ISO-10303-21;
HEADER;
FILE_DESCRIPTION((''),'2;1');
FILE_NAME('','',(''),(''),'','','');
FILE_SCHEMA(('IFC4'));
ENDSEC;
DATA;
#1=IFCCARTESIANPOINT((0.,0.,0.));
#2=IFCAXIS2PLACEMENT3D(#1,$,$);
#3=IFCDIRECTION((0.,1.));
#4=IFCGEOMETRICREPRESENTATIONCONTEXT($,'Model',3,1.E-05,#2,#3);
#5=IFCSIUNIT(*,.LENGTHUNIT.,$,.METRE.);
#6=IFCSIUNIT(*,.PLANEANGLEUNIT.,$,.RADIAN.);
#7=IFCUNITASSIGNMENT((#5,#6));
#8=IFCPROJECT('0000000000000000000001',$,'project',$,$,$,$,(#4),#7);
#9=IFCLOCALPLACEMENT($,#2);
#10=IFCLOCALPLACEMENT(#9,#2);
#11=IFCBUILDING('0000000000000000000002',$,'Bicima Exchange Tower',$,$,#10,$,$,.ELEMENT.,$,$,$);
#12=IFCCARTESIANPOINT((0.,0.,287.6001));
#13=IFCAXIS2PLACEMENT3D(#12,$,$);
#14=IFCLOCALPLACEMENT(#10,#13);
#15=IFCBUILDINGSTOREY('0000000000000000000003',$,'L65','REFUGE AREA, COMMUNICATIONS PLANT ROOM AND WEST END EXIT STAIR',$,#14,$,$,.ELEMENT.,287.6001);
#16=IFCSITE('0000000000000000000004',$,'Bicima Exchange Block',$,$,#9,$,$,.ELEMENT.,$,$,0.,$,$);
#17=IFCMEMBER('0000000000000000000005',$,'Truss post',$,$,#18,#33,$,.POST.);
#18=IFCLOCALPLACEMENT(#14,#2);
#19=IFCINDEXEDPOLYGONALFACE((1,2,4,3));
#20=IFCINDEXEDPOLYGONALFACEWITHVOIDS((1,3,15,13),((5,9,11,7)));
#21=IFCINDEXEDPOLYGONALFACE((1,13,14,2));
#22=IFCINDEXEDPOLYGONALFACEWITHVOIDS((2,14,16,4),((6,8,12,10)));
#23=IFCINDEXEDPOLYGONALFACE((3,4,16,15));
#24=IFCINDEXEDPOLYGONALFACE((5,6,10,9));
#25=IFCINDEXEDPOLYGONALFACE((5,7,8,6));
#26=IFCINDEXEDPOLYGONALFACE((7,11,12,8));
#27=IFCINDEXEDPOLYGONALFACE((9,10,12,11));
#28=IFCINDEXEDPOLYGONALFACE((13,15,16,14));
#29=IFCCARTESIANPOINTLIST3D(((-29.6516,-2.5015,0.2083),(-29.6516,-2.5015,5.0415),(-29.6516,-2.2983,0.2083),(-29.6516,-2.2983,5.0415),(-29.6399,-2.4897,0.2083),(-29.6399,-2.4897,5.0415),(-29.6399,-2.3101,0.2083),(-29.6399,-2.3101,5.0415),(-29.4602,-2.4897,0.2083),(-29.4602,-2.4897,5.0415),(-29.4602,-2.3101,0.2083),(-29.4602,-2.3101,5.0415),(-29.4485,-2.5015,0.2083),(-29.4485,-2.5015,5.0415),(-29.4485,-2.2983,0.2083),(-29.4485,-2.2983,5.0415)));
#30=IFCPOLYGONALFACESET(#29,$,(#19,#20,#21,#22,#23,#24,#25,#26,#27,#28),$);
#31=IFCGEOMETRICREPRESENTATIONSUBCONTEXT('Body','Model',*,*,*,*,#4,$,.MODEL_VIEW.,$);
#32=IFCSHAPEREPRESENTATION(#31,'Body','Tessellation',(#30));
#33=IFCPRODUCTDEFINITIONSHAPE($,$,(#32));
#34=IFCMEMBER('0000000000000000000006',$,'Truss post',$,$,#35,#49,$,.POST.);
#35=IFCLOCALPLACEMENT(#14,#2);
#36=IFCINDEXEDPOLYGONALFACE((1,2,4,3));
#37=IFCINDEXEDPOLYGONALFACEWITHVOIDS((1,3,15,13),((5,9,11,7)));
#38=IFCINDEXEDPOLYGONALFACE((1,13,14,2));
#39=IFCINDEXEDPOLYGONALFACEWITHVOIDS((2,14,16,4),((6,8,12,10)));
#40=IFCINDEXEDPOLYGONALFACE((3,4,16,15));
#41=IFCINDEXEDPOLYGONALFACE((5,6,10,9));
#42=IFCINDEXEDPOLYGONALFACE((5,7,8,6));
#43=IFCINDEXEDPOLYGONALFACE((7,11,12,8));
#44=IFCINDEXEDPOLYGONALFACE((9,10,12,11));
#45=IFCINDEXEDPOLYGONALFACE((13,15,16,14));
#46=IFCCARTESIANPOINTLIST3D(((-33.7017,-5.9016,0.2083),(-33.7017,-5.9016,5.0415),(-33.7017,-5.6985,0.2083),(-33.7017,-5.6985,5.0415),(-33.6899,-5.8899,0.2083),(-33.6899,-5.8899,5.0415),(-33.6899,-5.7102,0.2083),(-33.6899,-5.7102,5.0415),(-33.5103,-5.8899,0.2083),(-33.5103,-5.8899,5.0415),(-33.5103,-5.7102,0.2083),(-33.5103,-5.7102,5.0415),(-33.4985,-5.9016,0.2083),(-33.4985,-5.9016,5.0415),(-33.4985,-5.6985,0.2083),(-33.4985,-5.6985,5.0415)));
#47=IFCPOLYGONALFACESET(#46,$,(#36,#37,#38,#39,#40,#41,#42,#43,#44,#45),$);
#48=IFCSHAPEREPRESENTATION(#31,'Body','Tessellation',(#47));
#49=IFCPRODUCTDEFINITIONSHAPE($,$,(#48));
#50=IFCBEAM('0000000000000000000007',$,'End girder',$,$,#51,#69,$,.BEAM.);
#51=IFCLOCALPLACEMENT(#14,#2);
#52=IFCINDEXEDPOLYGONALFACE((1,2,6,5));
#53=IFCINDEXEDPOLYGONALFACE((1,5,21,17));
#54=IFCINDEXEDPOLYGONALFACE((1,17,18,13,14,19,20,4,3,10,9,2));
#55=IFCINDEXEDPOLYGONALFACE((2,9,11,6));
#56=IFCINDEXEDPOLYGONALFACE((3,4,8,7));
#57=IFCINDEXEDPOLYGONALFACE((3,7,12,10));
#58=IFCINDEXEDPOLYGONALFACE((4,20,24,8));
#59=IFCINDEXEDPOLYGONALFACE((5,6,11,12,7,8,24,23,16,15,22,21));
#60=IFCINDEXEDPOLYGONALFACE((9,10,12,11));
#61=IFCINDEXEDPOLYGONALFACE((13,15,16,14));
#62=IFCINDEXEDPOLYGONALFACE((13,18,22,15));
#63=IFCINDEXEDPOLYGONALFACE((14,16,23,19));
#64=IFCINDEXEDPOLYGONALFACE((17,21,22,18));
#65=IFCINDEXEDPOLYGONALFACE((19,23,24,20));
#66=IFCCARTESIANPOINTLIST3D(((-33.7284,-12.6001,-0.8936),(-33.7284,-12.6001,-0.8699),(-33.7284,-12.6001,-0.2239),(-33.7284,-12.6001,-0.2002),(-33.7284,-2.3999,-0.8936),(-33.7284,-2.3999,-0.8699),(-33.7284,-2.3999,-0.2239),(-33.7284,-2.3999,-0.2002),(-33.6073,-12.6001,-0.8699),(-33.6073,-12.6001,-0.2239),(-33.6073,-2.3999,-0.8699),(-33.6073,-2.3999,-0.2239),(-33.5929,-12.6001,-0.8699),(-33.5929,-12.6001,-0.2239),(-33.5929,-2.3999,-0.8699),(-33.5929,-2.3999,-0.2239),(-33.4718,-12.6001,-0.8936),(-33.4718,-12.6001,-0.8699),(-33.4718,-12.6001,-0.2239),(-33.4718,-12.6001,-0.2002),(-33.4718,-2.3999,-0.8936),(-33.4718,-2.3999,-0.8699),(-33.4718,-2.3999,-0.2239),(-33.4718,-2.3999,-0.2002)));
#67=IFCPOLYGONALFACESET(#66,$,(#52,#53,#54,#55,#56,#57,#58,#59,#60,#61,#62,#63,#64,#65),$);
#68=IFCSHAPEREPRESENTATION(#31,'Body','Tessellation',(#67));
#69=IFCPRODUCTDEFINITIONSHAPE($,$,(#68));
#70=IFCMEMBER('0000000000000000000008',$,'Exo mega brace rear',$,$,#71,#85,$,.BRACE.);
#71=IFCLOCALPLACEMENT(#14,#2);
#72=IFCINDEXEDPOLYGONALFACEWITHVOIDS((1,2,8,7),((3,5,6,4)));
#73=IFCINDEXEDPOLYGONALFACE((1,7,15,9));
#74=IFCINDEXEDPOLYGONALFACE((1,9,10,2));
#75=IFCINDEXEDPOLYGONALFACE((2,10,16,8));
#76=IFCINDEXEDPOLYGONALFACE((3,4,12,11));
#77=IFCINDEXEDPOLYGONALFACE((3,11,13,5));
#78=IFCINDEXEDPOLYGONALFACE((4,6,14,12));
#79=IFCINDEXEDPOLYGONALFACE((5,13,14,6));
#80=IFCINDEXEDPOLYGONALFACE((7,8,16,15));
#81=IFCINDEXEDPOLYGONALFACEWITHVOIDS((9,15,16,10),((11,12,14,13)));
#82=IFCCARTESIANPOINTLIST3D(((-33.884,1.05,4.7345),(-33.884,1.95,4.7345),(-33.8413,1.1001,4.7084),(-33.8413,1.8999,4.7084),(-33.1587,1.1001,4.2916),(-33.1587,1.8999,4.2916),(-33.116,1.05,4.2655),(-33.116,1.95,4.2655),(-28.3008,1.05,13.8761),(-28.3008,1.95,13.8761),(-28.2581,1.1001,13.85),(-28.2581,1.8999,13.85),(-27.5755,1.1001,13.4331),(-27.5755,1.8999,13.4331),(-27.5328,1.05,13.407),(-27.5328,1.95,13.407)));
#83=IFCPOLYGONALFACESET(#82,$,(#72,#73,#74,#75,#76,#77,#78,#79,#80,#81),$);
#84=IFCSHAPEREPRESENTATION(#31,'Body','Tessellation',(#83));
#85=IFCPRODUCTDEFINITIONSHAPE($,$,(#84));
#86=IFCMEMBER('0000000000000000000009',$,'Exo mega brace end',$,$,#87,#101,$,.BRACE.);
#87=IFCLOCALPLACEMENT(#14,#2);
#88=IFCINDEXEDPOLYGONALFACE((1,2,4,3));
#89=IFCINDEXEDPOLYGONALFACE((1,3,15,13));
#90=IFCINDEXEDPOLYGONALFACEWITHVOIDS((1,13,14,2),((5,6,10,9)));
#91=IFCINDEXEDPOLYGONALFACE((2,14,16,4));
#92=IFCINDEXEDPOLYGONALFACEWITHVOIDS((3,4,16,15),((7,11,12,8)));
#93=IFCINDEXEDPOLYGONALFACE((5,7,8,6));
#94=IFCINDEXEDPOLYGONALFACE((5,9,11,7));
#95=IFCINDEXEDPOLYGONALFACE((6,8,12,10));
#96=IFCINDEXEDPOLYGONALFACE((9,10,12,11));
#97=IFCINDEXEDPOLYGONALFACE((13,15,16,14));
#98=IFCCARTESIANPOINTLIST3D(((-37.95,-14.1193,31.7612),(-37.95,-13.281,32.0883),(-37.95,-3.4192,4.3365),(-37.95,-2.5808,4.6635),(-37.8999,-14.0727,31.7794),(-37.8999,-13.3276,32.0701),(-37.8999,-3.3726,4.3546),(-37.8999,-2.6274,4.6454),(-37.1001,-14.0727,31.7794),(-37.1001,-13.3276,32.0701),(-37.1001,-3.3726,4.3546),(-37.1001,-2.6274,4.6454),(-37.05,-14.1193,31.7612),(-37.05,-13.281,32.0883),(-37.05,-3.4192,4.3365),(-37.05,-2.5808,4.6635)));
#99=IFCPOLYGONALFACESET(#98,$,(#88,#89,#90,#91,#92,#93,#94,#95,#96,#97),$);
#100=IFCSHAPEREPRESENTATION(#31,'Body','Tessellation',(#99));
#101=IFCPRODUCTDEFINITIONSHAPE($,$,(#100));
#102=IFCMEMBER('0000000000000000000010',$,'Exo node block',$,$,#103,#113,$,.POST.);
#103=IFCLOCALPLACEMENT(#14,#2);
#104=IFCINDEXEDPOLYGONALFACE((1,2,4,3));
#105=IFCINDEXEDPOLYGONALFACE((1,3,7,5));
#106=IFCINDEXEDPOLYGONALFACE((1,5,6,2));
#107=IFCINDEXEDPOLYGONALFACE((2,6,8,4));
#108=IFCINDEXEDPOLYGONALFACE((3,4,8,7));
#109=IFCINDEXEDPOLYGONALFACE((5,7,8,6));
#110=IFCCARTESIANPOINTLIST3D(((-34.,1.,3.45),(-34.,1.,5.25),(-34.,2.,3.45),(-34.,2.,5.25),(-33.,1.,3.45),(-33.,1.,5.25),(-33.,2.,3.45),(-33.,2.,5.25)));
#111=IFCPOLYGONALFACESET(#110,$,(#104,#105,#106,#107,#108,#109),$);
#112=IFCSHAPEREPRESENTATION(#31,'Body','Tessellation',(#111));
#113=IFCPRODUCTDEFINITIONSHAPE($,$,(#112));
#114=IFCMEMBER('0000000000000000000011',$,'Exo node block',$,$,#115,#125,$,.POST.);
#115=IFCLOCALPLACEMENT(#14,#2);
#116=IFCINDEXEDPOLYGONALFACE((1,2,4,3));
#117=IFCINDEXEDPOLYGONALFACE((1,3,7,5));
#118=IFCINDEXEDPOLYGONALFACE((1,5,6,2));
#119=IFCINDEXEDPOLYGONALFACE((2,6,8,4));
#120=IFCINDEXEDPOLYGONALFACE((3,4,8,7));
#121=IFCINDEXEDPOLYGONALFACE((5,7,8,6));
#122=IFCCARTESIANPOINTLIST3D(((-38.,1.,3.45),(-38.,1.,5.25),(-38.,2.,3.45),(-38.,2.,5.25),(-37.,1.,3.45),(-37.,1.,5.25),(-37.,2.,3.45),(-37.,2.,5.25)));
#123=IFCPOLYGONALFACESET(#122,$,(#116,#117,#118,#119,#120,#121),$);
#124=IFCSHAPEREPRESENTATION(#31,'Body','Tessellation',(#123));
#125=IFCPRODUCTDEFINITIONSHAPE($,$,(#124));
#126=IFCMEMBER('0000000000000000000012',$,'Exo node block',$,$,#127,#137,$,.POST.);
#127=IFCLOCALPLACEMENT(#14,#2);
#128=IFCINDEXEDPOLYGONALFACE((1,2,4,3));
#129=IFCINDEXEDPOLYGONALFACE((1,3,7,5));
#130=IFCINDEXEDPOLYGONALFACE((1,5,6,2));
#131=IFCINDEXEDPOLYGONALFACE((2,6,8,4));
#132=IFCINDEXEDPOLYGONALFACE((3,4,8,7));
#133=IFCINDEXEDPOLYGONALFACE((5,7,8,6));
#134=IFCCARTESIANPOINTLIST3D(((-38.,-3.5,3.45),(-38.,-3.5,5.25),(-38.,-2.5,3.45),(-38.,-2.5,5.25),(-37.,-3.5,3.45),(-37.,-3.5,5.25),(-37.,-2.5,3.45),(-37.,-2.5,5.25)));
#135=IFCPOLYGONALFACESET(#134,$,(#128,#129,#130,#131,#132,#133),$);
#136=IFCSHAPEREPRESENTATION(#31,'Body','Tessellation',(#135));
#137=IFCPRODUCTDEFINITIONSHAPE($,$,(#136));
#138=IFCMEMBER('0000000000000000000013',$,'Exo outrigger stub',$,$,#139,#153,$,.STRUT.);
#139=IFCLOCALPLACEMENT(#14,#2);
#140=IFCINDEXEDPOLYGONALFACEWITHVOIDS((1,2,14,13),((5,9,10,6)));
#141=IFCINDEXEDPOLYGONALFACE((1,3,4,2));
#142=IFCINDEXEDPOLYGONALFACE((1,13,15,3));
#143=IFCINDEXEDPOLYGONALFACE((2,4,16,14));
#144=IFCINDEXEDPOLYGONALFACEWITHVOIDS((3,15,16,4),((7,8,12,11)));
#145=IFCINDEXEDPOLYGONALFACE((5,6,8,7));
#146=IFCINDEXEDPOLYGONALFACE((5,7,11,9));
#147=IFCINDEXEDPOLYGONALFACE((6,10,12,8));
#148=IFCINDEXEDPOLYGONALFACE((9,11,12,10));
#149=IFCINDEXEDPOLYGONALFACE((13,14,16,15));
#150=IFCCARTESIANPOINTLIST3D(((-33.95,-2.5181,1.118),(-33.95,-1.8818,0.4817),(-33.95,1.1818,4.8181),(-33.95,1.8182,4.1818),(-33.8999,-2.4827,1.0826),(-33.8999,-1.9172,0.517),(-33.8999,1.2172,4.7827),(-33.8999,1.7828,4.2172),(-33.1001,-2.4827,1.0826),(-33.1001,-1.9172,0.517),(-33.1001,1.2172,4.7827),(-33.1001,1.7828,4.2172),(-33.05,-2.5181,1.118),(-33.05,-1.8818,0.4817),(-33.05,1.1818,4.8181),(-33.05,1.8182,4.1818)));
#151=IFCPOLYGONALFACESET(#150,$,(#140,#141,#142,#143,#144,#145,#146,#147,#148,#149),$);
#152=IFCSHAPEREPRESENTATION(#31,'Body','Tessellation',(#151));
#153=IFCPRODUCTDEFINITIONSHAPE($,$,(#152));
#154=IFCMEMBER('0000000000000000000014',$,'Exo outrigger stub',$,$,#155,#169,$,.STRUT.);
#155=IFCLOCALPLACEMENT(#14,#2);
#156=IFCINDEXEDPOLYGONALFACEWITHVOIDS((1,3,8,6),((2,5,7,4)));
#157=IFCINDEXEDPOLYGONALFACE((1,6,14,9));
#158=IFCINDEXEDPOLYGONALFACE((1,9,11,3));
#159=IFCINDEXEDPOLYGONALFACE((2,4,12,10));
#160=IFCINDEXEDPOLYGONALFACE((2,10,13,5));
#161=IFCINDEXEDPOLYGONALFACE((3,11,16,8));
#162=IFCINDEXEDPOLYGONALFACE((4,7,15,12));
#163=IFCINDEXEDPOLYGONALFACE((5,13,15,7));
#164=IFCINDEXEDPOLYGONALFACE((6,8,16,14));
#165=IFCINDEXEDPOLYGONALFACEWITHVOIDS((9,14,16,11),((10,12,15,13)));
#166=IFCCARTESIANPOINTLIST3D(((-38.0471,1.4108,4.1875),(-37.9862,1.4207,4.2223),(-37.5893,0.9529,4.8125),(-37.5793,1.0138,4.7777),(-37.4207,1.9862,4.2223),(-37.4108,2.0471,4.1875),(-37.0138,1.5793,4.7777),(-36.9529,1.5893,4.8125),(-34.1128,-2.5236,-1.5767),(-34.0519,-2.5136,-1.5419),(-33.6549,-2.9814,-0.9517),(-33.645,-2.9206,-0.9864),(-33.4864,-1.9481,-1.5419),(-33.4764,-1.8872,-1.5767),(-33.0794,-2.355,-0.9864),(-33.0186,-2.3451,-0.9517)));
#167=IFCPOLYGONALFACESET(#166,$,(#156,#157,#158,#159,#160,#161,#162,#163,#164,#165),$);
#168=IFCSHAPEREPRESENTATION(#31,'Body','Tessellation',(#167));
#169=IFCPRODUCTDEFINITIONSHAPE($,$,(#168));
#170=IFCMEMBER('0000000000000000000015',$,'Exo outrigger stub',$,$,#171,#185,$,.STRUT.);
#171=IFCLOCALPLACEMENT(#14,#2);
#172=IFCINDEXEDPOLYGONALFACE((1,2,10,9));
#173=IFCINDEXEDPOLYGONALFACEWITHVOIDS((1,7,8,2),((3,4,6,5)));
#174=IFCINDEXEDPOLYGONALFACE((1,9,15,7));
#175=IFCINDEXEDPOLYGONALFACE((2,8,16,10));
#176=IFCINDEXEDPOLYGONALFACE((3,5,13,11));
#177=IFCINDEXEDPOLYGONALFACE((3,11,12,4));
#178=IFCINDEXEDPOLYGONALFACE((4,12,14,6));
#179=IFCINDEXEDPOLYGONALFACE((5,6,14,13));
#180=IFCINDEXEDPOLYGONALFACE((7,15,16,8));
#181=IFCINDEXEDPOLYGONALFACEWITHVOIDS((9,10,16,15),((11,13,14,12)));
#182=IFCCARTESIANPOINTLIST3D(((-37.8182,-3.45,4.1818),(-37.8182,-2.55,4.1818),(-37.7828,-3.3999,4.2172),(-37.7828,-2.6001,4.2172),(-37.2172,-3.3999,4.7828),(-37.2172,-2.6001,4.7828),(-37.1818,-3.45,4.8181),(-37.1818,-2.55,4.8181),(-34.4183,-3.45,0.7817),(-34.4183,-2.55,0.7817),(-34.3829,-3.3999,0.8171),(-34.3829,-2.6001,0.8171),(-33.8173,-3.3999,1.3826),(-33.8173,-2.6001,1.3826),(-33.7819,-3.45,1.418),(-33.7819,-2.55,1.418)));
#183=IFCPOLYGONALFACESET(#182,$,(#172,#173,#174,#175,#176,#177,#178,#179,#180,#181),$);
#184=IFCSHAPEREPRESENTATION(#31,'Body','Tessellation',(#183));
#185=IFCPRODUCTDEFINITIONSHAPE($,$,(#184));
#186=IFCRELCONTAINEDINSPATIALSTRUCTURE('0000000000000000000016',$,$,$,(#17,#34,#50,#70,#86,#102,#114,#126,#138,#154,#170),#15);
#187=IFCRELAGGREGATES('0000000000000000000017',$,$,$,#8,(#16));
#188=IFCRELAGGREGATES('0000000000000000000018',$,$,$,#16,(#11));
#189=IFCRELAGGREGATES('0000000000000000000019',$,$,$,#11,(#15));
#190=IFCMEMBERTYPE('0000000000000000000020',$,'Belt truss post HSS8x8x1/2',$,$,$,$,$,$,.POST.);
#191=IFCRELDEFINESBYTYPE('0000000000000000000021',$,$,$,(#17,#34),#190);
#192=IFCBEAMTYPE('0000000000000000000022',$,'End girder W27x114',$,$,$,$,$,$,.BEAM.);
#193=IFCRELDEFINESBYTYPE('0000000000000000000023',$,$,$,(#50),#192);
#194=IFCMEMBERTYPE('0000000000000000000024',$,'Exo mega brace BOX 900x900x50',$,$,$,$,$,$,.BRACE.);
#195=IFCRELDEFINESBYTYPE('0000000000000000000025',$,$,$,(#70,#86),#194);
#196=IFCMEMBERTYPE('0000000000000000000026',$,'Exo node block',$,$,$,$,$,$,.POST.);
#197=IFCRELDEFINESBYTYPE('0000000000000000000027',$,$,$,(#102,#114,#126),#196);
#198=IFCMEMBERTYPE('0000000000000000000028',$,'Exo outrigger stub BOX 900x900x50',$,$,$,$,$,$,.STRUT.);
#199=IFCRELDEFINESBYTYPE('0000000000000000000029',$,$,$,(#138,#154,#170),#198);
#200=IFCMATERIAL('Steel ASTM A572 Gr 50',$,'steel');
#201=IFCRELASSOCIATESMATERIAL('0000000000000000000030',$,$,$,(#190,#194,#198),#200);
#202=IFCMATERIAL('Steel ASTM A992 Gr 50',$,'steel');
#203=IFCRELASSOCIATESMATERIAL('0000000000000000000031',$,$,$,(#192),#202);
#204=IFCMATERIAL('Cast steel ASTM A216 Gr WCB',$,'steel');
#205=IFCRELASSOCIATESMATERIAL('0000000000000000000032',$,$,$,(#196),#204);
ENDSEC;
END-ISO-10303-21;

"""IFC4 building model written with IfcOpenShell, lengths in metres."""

from ifc_helpers import new_model, si_unit, direction, frame, origin, origin_2d, place, context, subcontext, project, spatial, rectangle, hollow_rectangle, i_section, extrude, material, material_profile, profile_set, type_object, element, save


model = new_model("IFC4")

# Units and contexts
model_context = context("Model", 3, precision=1e-05, world=origin(), true_north=direction((0.0, 1.0)))
body_context = subcontext(model_context, "Body", "Model", "MODEL_VIEW")
ifc_project = project(units=[si_unit("LENGTHUNIT", "METRE"), si_unit("PLANEANGLEUNIT", "RADIAN")], contexts=[model_context])

# Site, building, storey
site_placement = place(None, origin())
site = spatial("IfcSite", under=ifc_project, at=site_placement, Name="Bicima Exchange Block", CompositionType="ELEMENT", RefElevation=0.0)
building_placement = place(site_placement, origin())
building = spatial("IfcBuilding", under=site, at=building_placement, Name="Bicima Exchange Tower", CompositionType="ELEMENT")
storey_placement = place(building_placement, frame((0.0, 0.0, 287.6001)))
storey = spatial("IfcBuildingStorey", under=building, at=storey_placement, Name="L65", Description="REFUGE AREA, COMMUNICATIONS PLANT ROOM AND WEST END EXIT STAIR", CompositionType="ELEMENT", Elevation=287.6001)

# Shared definitions
ifc_material_1 = material(Name="Steel ASTM A572 Gr 50", Category="steel")

# Members
ifc_material_2 = material(Name="Steel ASTM A992 Gr 50", Category="steel")
ifc_material_profile_1 = material_profile(ifc_material_1, hollow_rectangle(XDim=0.2031, YDim=0.2031, WallThickness=0.0117, at=origin_2d()))
ifc_profile_set_1 = profile_set([ifc_material_profile_1], Name="Steel ASTM A572 Gr 50")
member_type_1 = type_object("IfcMemberType", Name="Belt truss post HSS8x8x1/2", PredefinedType="POST", material=ifc_profile_set_1)
for number, where, z_axis, x_axis, name in (
    (1, (-29.55, -2.3999, 0.2083), (0.0, 0.0, 1.0), (1.0, 0.0, 0.0), "Truss post"),
    (2, (-33.6001, -5.8, 0.2083), (0.0, 0.0, 1.0), (1.0, 0.0, 0.0), "Truss post"),
):
    element("IfcMember", number, at=place(storey_placement, frame(where, z_axis=z_axis, x_axis=x_axis)), inside=storey, type_object=member_type_1, Name=name, PredefinedType="POST", context=body_context, shape_type="SweptSolid", body=[
        extrude(hollow_rectangle(XDim=0.2031, YDim=0.2031, WallThickness=0.0117, at=origin_2d()), origin(), (0.0, 0.0, 1.0), 4.8333),
    ])

# Beam
ifc_material_profile_2 = material_profile(ifc_material_2, i_section(OverallWidth=0.2566, OverallDepth=0.6934, WebThickness=0.0144, FlangeThickness=0.0237, at=origin_2d()))
ifc_profile_set_2 = profile_set([ifc_material_profile_2], Name="Steel ASTM A992 Gr 50")
beam_type_1 = type_object("IfcBeamType", Name="End girder W27x114", PredefinedType="BEAM", material=ifc_profile_set_2)
beam_1_placement = place(storey_placement, frame((-33.6001, -2.3999, -0.5469), z_axis=(0.0, -1.0, 0.0), x_axis=(1.0, 0.0, 0.0)))
element("IfcBeam", 3, at=beam_1_placement, inside=storey, type_object=beam_type_1, Name="End girder", PredefinedType="BEAM", context=body_context, shape_type="SweptSolid", body=[
    extrude(i_section(OverallWidth=0.2566, OverallDepth=0.6934, WebThickness=0.0144, FlangeThickness=0.0237, at=origin_2d()), origin(), (0.0, 0.0, 1.0), 10.2002),
])

# Members
ifc_material_profile_3 = material_profile(ifc_material_1, hollow_rectangle(XDim=0.8999, YDim=0.8999, WallThickness=0.05, at=origin_2d()))
ifc_profile_set_3 = profile_set([ifc_material_profile_3], Name="Steel ASTM A572 Gr 50")
member_type_2 = type_object("IfcMemberType", Name="Exo mega brace BOX 900x900x50", PredefinedType="BRACE", material=ifc_profile_set_3)
member_1_placement = place(storey_placement, frame((-33.5, 1.5, 4.5), z_axis=(0.521227, 0.0, 0.853418), x_axis=(0.0, 1.0, 0.0)))
element("IfcMember", 4, at=member_1_placement, inside=storey, type_object=member_type_2, Name="Exo mega brace rear", PredefinedType="BRACE", context=body_context, shape_type="SweptSolid", body=[
    extrude(hollow_rectangle(XDim=0.8999, YDim=0.8999, WallThickness=0.05, at=origin_2d()), origin(), (0.0, 0.0, 1.0), 10.7117),
])
member_2_placement = place(storey_placement, frame((-37.5, -3.0, 4.5), z_axis=(0.0, -0.363479, 0.931603), x_axis=(1.0, 0.0, 0.0)))
element("IfcMember", 5, at=member_2_placement, inside=storey, type_object=member_type_2, Name="Exo mega brace end", PredefinedType="BRACE", context=body_context, shape_type="SweptSolid", body=[
    extrude(hollow_rectangle(XDim=0.8999, YDim=0.8999, WallThickness=0.05, at=origin_2d()), origin(), (0.0, 0.0, 1.0), 29.4382),
])
ifc_material_3 = material(Name="Cast steel ASTM A216 Gr WCB", Category="steel")
ifc_material_profile_4 = material_profile(ifc_material_3, rectangle(XDim=1.0, YDim=1.0, at=origin_2d()))
ifc_profile_set_4 = profile_set([ifc_material_profile_4], Name="Cast steel ASTM A216 Gr WCB")
member_type_3 = type_object("IfcMemberType", Name="Exo node block", PredefinedType="POST", material=ifc_profile_set_4)
for number, where, z_axis, x_axis, name in (
    (6, (-33.5, 1.5, 3.45), (0.0, 0.0, 1.0), (1.0, 0.0, 0.0), "Exo node block"),
    (7, (-37.5, 1.5, 3.45), (0.0, 0.0, 1.0), (1.0, 0.0, 0.0), "Exo node block"),
    (8, (-37.5, -3.0, 3.45), (0.0, 0.0, 1.0), (1.0, 0.0, 0.0), "Exo node block"),
):
    element("IfcMember", number, at=place(storey_placement, frame(where, z_axis=z_axis, x_axis=x_axis)), inside=storey, type_object=member_type_3, Name=name, PredefinedType="POST", context=body_context, shape_type="SweptSolid", body=[
        extrude(rectangle(XDim=1.0, YDim=1.0, at=origin_2d()), origin(), (0.0, 0.0, 1.0), 1.8),
    ])
member_type_4 = type_object("IfcMemberType", Name="Exo outrigger stub BOX 900x900x50", PredefinedType="STRUT", material=ifc_profile_set_3)
member_3_placement = place(storey_placement, frame((-33.5, -2.2, 0.7998), z_axis=(0.0, 0.707083, 0.70713), x_axis=(-1.0, 0.0, 0.0)))
element("IfcMember", 9, at=member_3_placement, inside=storey, type_object=member_type_4, Name="Exo outrigger stub", PredefinedType="STRUT", context=body_context, shape_type="SweptSolid", body=[
    extrude(hollow_rectangle(XDim=0.8999, YDim=0.8999, WallThickness=0.05, at=origin_2d()), origin(), (0.0, 0.0, 1.0), 5.2327),
])
member_4_placement = place(storey_placement, frame((-33.5657, -2.4343, -1.2642), z_axis=(-0.491088, 0.491088, 0.71949), x_axis=(-0.707107, -0.707107, 0.0)))
element("IfcMember", 10, at=member_4_placement, inside=storey, type_object=member_type_4, Name="Exo outrigger stub", PredefinedType="STRUT", context=body_context, shape_type="SweptSolid", body=[
    extrude(hollow_rectangle(XDim=0.8999, YDim=0.8999, WallThickness=0.05, at=origin_2d()), origin(), (0.0, 0.0, 1.0), 8.0115),
])
member_5_placement = place(storey_placement, frame((-34.1001, -3.0, 1.0999), z_axis=(-0.707081, 0.0, 0.707132), x_axis=(0.0, -1.0, 0.0)))
element("IfcMember", 11, at=member_5_placement, inside=storey, type_object=member_type_4, Name="Exo outrigger stub", PredefinedType="STRUT", context=body_context, shape_type="SweptSolid", body=[
    extrude(hollow_rectangle(XDim=0.8999, YDim=0.8999, WallThickness=0.05, at=origin_2d()), origin(), (0.0, 0.0, 1.0), 4.8083),
])

save(model, "model.ifc")
